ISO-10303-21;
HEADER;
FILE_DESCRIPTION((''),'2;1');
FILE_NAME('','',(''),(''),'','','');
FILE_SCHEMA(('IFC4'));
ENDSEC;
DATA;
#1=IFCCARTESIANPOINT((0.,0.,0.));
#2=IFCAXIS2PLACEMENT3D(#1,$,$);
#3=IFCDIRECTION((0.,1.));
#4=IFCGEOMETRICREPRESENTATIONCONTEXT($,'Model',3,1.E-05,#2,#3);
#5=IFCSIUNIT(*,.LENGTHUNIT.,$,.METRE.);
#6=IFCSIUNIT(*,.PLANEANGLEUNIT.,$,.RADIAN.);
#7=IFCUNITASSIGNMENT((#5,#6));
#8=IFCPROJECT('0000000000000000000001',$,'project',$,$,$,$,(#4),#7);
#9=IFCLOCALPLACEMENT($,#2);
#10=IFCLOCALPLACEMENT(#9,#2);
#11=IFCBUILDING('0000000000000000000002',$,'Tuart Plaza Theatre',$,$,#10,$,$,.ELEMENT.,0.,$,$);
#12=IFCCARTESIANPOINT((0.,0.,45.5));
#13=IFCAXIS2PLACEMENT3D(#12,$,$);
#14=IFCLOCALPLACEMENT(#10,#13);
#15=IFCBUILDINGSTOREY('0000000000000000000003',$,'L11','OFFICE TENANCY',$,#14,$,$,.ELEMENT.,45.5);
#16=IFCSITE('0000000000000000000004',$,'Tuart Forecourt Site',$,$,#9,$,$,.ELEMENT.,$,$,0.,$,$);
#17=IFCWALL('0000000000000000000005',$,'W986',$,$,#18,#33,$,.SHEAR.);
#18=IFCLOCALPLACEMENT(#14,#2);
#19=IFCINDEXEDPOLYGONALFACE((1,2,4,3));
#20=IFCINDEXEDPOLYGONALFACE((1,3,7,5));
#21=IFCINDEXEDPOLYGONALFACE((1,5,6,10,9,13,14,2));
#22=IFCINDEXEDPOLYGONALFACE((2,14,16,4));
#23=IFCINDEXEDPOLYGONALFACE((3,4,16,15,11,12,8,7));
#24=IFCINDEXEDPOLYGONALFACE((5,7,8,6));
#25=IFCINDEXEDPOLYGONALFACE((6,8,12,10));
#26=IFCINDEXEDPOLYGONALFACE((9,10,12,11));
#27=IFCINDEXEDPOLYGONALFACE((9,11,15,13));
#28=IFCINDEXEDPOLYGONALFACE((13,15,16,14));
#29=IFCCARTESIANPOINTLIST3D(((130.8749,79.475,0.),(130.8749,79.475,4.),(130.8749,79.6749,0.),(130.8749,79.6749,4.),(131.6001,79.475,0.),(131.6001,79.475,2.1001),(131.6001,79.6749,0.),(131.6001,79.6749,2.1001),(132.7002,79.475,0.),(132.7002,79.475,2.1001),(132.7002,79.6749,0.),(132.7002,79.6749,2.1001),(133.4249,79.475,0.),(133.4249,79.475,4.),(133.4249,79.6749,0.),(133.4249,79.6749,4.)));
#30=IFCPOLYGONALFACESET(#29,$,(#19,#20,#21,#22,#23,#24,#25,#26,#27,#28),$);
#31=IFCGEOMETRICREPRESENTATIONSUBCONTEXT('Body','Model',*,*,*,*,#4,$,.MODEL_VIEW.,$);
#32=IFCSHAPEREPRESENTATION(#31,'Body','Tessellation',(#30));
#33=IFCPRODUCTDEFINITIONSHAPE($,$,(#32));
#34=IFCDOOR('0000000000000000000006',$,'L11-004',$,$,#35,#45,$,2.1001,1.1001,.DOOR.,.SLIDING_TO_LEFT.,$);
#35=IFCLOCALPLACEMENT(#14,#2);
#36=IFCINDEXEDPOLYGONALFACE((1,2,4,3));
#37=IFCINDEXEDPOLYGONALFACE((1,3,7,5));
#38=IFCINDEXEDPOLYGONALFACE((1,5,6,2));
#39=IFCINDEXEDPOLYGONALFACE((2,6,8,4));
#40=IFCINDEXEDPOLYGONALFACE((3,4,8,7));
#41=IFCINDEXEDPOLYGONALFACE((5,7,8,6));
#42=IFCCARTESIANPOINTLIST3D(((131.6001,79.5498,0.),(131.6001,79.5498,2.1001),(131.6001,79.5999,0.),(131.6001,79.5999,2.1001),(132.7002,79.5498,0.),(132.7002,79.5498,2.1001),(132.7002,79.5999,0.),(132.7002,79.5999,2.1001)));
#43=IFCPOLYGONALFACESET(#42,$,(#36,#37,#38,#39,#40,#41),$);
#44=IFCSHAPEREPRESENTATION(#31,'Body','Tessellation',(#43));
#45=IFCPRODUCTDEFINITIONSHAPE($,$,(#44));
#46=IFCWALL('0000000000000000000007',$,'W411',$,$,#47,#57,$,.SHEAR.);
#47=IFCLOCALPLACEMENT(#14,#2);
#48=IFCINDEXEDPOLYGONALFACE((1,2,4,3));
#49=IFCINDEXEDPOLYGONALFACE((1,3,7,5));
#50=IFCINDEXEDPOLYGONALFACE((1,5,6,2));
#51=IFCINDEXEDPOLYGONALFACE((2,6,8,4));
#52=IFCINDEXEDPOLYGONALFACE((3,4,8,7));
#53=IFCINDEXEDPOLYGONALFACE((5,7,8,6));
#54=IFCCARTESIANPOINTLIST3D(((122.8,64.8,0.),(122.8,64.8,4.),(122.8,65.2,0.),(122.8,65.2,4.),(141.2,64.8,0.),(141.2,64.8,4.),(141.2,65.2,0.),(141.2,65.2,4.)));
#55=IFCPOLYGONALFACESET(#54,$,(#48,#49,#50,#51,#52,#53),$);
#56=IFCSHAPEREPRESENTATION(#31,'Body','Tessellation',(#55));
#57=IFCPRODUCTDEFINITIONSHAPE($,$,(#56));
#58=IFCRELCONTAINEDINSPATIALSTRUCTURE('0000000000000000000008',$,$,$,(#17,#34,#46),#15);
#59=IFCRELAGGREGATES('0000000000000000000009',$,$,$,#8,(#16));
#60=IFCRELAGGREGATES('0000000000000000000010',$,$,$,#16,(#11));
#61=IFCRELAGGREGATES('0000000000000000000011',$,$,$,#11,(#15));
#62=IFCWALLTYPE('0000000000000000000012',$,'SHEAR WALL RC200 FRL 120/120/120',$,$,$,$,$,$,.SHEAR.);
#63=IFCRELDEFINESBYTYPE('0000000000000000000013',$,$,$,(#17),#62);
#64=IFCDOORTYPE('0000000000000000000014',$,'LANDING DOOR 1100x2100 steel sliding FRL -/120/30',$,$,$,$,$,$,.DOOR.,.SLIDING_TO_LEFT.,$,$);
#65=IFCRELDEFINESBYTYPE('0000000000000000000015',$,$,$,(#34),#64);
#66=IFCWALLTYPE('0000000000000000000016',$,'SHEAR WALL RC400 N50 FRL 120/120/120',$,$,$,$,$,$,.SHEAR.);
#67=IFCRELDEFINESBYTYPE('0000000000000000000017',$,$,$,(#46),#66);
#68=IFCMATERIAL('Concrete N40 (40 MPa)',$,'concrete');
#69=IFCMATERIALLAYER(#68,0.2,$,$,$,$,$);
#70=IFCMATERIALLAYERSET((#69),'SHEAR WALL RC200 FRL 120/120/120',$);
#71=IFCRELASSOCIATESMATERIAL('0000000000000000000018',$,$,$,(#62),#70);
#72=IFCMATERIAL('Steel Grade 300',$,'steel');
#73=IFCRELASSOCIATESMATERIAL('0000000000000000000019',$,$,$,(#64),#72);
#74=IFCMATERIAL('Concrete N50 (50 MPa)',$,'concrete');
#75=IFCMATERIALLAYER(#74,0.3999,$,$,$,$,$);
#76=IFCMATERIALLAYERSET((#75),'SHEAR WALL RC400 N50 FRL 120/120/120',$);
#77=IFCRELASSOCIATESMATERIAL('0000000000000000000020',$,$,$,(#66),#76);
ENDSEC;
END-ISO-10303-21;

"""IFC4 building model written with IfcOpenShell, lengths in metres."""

from ifc_helpers import new_model, si_unit, direction, frame, frame_2d, origin, place, context, subcontext, project, spatial, rectangle, extrude, material, layer, layer_set, type_object, element, fill, save


model = new_model("IFC4")

# Units and contexts
model_context = context("Model", 3, precision=1e-05, world=origin(), true_north=direction((0.0, 1.0)))
body_context = subcontext(model_context, "Body", "Model", "MODEL_VIEW")
ifc_project = project(units=[si_unit("LENGTHUNIT", "METRE"), si_unit("PLANEANGLEUNIT", "RADIAN")], contexts=[model_context])

# Site, building, storey
site_placement = place(None, origin())
site = spatial("IfcSite", under=ifc_project, at=site_placement, Name="Tuart Forecourt Site", CompositionType="ELEMENT", RefElevation=0.0)
building_placement = place(site_placement, origin())
building = spatial("IfcBuilding", under=site, at=building_placement, Name="Tuart Plaza Theatre", CompositionType="ELEMENT", ElevationOfRefHeight=0.0)
storey_placement = place(building_placement, frame((0.0, 0.0, 45.5)))
storey = spatial("IfcBuildingStorey", under=building, at=storey_placement, Name="L11", Description="OFFICE TENANCY", CompositionType="ELEMENT", Elevation=45.5)

# Shared definitions
ifc_material_1 = material(Name="Concrete N40 (40 MPa)", Category="concrete")
ifc_layer_1 = layer(ifc_material_1, 0.2)
ifc_layer_set_1 = layer_set([ifc_layer_1], Name="SHEAR WALL RC200 FRL 120/120/120")
wall_type_1 = type_object("IfcWallType", Name="SHEAR WALL RC200 FRL 120/120/120", PredefinedType="SHEAR", material=ifc_layer_set_1)
ifc_material_2 = material(Name="Steel Grade 300", Category="steel")
door_type_1 = type_object("IfcDoorType", Name="LANDING DOOR 1100x2100 steel sliding FRL -/120/30", OperationType="SLIDING_TO_LEFT", PredefinedType="DOOR", material=ifc_material_2)

# Wall, opening, door
wall_1_placement = place(storey_placement, frame((130.875, 79.575, 0.0), z_axis=(0.0, 0.0, 1.0), x_axis=(1.0, 0.0, 0.0)))
wall_1 = element("IfcWall", 1, at=wall_1_placement, inside=storey, type_object=wall_type_1, Name="W986", PredefinedType="SHEAR", context=body_context, shape_type="SweptSolid", body=[
    extrude(rectangle(XDim=2.55, YDim=0.2, at=frame_2d((1.2749, 0.0))), origin(), (0.0, 0.0, 1.0), 4.0),
])
opening_1_placement = place(wall_1_placement, frame((0.7251, 0.0, 0.0)))
opening_1 = element("IfcOpeningElement", 2, at=opening_1_placement, cuts=wall_1, PredefinedType="OPENING", context=body_context, shape_type="SweptSolid", body=[
    extrude(rectangle(XDim=1.1001, YDim=2.1001, at=frame_2d((0.55, 1.05))), frame((0.0, 0.1099, 0.0), z_axis=(0.0, -1.0, 0.0), x_axis=(1.0, 0.0, 0.0)), (0.0, 0.0, 1.0), 0.22),
])
door_1_placement = place(opening_1_placement, origin())
door_1 = element("IfcDoor", 3, at=door_1_placement, inside=storey, type_object=door_type_1, Name="L11-004", OperationType="SLIDING_TO_LEFT", OverallHeight=2.1001, OverallWidth=1.1001, PredefinedType="DOOR", context=body_context, shape_type="SweptSolid", body=[
    extrude(rectangle(XDim=1.1001, YDim=2.1001, at=frame_2d((0.55, 1.05))), frame((0.0, 0.0249, 0.0), z_axis=(0.0, -1.0, 0.0), x_axis=(1.0, 0.0, 0.0)), (0.0, 0.0, 1.0), 0.05),
])
fill(opening_1, door_1)

# Wall
ifc_material_3 = material(Name="Concrete N50 (50 MPa)", Category="concrete")
ifc_layer_2 = layer(ifc_material_3, 0.3999)
ifc_layer_set_2 = layer_set([ifc_layer_2], Name="SHEAR WALL RC400 N50 FRL 120/120/120")
wall_type_2 = type_object("IfcWallType", Name="SHEAR WALL RC400 N50 FRL 120/120/120", PredefinedType="SHEAR", material=ifc_layer_set_2)
wall_2_placement = place(storey_placement, frame((122.8, 65.0, 0.0), z_axis=(0.0, 0.0, 1.0), x_axis=(1.0, 0.0, 0.0)))
element("IfcWall", 4, at=wall_2_placement, inside=storey, type_object=wall_type_2, Name="W411", PredefinedType="SHEAR", context=body_context, shape_type="SweptSolid", body=[
    extrude(rectangle(XDim=18.3999, YDim=0.3999, at=frame_2d((9.2, 0.0))), origin(), (0.0, 0.0, 1.0), 4.0),
])

save(model, "model.ifc")
